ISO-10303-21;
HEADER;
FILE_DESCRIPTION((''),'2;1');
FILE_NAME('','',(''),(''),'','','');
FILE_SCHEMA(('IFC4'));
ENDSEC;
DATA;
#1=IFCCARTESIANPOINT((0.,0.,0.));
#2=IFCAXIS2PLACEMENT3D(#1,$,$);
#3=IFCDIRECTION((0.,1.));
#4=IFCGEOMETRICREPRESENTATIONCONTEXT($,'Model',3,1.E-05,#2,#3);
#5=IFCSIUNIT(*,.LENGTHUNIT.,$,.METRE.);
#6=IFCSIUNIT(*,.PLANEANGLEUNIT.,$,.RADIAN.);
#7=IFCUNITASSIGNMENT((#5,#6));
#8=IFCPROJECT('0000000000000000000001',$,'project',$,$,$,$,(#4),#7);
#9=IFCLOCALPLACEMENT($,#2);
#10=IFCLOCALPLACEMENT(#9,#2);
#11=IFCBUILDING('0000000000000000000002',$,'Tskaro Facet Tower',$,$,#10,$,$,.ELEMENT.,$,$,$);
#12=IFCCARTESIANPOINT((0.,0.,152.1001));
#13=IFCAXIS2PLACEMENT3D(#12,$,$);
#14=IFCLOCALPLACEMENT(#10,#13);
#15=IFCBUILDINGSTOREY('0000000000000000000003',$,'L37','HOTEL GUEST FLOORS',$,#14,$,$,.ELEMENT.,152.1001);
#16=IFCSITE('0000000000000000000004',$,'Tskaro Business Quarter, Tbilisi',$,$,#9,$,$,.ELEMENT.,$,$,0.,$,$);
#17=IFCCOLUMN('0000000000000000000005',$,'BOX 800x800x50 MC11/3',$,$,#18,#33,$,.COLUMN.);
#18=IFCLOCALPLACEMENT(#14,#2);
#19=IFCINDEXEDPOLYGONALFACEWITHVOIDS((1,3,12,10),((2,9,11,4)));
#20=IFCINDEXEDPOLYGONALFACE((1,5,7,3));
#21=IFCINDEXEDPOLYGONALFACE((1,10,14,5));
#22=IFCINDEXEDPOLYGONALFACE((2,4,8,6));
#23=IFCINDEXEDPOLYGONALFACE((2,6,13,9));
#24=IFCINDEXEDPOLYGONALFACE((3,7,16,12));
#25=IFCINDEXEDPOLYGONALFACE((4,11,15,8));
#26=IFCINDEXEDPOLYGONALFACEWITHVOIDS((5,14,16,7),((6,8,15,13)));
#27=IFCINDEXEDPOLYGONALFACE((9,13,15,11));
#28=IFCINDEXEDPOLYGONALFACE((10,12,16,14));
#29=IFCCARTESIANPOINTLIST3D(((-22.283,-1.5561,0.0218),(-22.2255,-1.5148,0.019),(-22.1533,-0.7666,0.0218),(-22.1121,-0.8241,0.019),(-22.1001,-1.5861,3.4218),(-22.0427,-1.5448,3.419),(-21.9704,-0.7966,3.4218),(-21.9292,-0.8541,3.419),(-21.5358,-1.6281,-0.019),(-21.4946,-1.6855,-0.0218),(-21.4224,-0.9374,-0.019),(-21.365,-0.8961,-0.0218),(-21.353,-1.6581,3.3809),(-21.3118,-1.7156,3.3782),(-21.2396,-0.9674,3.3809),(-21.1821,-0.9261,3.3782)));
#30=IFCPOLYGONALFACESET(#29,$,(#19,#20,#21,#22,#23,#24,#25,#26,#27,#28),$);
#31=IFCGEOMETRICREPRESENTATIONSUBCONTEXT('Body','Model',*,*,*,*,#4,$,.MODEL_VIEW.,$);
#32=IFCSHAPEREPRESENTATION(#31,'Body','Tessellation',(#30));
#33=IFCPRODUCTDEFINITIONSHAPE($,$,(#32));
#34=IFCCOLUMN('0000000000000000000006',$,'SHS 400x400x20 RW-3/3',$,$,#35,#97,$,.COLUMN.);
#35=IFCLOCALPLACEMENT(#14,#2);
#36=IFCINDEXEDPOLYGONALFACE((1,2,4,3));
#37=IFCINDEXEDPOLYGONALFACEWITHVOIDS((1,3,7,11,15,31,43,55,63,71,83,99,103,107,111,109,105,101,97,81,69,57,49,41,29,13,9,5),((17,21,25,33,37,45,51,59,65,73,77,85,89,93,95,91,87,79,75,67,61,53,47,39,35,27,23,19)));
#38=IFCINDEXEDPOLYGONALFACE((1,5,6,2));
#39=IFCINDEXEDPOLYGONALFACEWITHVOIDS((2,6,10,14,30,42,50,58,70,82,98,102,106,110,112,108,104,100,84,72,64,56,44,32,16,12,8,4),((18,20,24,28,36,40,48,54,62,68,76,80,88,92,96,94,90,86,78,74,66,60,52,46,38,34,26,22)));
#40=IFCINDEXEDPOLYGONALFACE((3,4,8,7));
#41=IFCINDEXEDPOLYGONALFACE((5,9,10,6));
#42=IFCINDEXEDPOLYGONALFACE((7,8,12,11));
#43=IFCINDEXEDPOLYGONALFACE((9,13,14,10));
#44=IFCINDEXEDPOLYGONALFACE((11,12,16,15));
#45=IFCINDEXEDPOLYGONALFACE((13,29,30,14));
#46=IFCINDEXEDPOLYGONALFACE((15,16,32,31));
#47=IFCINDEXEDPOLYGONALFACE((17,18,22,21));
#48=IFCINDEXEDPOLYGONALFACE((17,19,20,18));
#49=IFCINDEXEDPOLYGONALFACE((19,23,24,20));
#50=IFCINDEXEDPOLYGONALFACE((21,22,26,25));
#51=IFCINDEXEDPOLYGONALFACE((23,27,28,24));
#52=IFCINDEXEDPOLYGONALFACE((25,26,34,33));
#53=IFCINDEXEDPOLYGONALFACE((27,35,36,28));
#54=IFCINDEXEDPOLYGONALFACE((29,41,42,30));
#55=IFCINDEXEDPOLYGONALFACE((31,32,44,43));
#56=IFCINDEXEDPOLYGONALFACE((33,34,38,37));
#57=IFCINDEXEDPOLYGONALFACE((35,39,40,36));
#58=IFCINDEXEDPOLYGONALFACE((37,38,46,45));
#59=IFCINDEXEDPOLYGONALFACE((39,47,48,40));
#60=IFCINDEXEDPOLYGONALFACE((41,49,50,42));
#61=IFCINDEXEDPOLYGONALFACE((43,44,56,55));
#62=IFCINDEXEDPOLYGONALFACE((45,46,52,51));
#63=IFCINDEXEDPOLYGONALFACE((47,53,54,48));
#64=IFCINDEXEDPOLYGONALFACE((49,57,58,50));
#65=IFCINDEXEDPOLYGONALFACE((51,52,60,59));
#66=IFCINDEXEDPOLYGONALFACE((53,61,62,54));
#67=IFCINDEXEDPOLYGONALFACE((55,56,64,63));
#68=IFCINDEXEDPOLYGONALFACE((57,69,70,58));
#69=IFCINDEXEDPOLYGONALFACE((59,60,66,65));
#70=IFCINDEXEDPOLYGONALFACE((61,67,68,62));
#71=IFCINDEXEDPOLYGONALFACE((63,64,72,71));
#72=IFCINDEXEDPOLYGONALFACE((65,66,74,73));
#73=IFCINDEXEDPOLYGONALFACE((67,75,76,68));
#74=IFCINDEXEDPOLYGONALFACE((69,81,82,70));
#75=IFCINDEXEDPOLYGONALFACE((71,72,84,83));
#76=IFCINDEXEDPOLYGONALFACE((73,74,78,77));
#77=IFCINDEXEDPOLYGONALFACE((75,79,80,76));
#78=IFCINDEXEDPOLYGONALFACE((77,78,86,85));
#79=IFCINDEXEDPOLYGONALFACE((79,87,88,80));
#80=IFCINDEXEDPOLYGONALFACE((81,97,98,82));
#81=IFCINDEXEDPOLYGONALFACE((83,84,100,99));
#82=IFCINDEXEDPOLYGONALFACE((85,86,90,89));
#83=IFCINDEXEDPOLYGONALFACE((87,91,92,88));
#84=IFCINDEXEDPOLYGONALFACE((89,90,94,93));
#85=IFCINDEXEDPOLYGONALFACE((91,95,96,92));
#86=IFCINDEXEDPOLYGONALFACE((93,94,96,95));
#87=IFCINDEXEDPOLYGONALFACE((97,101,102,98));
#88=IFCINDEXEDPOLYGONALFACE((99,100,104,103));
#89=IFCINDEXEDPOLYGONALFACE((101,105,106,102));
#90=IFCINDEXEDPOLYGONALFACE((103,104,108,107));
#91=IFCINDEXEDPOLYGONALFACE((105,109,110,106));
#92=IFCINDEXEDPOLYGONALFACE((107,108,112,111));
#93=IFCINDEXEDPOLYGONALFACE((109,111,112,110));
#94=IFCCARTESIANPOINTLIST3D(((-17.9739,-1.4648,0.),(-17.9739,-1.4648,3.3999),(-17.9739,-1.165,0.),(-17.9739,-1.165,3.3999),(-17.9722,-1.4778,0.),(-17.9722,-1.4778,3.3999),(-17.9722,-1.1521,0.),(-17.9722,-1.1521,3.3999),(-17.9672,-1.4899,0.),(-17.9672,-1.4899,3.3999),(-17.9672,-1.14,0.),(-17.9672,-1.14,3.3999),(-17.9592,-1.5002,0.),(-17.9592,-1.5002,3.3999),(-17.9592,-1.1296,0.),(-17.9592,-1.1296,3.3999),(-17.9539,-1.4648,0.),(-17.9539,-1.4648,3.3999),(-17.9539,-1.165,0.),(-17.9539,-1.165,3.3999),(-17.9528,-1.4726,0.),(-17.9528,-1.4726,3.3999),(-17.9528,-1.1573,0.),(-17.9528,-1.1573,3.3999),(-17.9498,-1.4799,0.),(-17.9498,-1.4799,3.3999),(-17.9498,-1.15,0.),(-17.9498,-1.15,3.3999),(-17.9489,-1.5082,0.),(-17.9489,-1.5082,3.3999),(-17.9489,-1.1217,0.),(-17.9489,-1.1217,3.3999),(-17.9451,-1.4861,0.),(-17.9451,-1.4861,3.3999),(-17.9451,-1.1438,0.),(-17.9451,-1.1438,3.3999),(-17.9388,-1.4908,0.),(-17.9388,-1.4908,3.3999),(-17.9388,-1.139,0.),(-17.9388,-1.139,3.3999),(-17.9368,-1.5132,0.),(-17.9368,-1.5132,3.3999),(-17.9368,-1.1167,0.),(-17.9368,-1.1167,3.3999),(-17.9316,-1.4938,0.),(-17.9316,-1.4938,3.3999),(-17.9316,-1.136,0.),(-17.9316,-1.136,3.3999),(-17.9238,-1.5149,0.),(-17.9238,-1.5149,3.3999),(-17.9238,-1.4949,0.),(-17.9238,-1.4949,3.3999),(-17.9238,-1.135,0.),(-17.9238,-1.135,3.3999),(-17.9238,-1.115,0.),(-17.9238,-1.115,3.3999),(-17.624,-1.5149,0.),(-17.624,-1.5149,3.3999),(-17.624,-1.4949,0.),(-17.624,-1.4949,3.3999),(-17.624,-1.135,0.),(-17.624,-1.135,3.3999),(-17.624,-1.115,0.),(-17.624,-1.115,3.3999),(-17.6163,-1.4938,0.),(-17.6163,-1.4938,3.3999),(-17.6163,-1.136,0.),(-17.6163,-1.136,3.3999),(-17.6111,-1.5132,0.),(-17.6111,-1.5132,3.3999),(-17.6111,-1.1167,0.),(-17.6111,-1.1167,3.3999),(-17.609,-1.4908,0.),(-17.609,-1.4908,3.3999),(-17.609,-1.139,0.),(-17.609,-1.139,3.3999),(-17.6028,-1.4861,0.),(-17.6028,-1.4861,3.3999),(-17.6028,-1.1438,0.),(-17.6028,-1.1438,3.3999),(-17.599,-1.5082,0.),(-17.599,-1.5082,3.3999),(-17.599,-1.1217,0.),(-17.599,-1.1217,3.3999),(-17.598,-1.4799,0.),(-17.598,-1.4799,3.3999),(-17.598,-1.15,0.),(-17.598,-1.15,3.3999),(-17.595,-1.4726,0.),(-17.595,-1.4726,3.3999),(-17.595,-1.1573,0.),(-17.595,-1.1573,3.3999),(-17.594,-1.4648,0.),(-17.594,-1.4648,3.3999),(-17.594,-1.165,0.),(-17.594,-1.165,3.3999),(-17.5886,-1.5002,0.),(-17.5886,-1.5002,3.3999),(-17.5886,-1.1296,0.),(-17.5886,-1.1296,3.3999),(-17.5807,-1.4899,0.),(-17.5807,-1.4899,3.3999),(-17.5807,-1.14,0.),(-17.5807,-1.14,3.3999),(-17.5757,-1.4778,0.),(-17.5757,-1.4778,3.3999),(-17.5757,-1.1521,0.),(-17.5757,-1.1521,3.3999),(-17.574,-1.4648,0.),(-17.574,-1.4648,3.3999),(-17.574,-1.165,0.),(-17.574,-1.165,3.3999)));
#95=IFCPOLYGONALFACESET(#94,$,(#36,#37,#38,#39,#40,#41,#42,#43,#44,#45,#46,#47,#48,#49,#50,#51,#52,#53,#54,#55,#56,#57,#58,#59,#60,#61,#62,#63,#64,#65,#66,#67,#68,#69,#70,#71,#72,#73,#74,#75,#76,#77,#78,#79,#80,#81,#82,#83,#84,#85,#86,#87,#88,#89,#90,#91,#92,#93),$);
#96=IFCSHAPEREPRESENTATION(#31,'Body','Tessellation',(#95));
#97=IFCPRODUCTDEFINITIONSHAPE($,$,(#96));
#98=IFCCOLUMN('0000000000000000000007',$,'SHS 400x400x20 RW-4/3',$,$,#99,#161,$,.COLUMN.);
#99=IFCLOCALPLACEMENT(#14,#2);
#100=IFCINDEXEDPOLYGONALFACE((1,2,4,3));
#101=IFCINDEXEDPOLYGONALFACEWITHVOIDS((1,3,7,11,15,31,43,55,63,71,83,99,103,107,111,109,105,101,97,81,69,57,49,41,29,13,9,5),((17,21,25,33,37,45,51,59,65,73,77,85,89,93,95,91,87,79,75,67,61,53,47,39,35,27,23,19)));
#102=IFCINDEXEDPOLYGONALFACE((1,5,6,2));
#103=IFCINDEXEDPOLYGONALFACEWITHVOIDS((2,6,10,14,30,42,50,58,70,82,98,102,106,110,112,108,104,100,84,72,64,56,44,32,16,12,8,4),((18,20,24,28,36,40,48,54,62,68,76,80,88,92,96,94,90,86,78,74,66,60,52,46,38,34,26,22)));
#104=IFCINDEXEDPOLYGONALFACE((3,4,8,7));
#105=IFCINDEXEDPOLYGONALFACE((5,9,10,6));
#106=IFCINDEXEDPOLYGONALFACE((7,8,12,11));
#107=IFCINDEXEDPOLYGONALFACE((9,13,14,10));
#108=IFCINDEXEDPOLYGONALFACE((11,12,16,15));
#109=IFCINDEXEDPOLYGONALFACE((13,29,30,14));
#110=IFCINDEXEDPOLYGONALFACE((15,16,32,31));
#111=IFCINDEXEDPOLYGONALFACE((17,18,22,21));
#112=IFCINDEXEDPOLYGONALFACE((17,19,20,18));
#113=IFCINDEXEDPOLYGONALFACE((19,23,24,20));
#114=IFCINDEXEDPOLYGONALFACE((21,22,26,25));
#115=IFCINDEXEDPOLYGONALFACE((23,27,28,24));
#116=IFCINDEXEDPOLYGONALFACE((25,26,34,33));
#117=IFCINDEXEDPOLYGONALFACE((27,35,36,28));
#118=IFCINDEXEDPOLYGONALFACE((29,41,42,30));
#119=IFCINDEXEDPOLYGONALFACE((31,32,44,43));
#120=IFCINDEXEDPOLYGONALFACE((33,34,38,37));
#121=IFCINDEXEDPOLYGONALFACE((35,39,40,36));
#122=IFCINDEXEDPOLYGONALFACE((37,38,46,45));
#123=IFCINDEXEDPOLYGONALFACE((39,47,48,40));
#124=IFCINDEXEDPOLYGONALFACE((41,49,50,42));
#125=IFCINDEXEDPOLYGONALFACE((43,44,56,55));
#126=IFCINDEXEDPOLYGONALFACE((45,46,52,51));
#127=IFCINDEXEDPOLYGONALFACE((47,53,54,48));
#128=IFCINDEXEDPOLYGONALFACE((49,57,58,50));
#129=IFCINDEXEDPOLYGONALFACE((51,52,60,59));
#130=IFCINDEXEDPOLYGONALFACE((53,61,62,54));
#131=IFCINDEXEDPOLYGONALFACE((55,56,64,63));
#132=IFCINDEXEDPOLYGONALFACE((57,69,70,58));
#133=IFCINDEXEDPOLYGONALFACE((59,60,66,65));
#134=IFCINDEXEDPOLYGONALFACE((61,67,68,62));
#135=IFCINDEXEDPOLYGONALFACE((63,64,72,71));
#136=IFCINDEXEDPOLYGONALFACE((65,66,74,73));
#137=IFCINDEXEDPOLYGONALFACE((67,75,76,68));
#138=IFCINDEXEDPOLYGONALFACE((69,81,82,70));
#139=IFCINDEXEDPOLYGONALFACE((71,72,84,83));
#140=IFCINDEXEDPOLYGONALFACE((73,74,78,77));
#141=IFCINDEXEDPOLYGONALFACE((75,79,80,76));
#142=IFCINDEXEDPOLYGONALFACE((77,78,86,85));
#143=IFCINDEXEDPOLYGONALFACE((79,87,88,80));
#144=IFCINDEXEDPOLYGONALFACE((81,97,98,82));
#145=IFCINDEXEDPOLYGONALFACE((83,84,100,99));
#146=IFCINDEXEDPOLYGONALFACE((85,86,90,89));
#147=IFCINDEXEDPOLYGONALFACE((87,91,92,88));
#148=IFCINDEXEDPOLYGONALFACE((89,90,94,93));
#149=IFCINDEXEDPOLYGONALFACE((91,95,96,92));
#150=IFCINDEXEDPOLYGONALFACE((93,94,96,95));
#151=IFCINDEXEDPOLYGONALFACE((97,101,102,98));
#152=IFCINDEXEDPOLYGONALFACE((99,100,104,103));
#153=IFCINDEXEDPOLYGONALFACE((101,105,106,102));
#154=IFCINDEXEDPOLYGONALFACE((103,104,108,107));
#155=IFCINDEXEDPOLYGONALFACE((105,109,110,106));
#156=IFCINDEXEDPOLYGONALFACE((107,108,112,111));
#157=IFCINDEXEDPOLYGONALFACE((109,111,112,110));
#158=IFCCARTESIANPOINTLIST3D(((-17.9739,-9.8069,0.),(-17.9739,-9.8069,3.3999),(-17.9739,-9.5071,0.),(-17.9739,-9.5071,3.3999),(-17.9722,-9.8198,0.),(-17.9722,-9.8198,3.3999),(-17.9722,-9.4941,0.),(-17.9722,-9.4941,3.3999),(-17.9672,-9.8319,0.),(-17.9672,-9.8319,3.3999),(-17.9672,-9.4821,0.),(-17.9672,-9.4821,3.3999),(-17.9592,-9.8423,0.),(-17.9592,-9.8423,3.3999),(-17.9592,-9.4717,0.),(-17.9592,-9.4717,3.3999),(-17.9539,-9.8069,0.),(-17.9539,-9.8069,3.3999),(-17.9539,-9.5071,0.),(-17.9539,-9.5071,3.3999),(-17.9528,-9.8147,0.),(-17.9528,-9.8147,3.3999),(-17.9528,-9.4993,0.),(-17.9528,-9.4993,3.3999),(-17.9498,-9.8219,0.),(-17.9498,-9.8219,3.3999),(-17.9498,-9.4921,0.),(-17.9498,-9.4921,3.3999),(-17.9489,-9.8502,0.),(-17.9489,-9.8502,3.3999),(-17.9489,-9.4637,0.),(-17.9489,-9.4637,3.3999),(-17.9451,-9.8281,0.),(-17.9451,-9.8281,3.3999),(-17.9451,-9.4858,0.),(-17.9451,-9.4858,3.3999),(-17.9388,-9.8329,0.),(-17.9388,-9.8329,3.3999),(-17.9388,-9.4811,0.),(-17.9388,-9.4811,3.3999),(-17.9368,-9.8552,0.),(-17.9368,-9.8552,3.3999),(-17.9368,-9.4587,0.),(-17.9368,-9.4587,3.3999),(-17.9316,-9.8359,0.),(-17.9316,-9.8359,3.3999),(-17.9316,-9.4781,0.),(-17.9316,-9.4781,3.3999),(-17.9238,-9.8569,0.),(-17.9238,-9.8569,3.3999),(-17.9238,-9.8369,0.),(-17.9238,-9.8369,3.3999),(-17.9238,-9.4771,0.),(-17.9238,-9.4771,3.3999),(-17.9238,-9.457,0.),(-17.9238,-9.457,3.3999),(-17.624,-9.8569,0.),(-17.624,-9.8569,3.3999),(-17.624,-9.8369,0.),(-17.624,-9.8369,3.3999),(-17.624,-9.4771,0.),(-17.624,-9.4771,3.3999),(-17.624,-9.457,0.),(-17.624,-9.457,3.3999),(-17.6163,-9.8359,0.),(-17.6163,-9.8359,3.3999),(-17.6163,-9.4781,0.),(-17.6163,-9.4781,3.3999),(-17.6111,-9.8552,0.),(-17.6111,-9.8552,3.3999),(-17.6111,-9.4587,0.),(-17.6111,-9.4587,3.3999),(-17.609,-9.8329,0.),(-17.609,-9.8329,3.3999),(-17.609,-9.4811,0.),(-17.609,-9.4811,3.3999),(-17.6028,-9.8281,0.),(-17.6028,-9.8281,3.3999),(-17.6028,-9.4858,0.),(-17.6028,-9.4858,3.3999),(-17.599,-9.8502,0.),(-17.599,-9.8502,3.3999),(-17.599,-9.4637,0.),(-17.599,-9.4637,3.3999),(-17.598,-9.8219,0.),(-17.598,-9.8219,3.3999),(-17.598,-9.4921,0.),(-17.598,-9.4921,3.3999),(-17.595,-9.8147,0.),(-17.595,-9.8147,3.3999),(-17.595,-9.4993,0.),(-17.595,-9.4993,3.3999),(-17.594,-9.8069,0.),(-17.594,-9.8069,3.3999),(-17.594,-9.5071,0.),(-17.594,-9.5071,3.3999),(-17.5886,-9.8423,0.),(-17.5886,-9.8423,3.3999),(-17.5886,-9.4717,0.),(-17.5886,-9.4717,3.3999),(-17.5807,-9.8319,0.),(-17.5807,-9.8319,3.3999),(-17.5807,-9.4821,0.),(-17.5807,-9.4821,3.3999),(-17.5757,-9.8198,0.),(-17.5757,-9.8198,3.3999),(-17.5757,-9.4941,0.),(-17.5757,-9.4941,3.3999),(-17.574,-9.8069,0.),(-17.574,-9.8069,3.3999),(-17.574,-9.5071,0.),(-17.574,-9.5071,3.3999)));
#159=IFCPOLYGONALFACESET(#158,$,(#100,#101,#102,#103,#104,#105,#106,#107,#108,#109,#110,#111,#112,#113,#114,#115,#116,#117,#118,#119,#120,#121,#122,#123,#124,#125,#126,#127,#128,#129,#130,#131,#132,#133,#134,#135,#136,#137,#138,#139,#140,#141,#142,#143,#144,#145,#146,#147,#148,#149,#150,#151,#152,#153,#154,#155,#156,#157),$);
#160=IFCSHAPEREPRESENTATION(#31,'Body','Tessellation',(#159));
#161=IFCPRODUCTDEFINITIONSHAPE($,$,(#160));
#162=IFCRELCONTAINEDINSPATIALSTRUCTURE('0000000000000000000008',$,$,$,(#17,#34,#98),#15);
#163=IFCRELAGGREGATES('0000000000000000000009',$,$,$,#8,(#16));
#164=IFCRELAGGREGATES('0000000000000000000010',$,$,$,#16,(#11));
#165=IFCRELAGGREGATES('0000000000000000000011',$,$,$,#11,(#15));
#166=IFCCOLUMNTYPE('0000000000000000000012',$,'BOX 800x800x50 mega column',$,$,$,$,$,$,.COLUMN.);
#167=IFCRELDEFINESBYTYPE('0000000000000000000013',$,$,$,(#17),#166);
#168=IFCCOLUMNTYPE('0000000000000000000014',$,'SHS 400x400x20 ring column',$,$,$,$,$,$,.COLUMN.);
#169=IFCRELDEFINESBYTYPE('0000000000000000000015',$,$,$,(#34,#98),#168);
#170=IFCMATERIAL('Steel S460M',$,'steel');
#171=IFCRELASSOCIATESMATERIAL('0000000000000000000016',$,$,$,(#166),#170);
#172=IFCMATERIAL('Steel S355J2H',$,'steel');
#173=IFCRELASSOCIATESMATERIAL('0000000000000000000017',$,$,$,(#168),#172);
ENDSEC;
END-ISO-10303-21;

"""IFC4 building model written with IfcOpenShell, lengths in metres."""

from ifc_helpers import new_model, si_unit, direction, frame, origin, origin_2d, place, context, subcontext, project, spatial, hollow_rectangle, extrude, material, material_profile, profile_set, type_object, element, save


model = new_model("IFC4")

# Units and contexts
model_context = context("Model", 3, precision=1e-05, world=origin(), true_north=direction((0.0, 1.0)))
body_context = subcontext(model_context, "Body", "Model", "MODEL_VIEW")
ifc_project = project(units=[si_unit("LENGTHUNIT", "METRE"), si_unit("PLANEANGLEUNIT", "RADIAN")], contexts=[model_context])

# Site, building, storey
site_placement = place(None, origin())
site = spatial("IfcSite", under=ifc_project, at=site_placement, Name="Tskaro Business Quarter, Tbilisi", CompositionType="ELEMENT", RefElevation=0.0)
building_placement = place(site_placement, origin())
building = spatial("IfcBuilding", under=site, at=building_placement, Name="Tskaro Facet Tower", CompositionType="ELEMENT")
storey_placement = place(building_placement, frame((0.0, 0.0, 152.1001)))
storey = spatial("IfcBuildingStorey", under=building, at=storey_placement, Name="L37", Description="HOTEL GUEST FLOORS", CompositionType="ELEMENT", Elevation=152.1001)

# Columns
ifc_material_1 = material(Name="Steel S460M", Category="steel")
ifc_material_profile_1 = material_profile(ifc_material_1, hollow_rectangle(XDim=0.8, YDim=0.8, WallThickness=0.05, at=origin_2d()), Name="BOX 800x800x50")
ifc_profile_set_1 = profile_set([ifc_material_profile_1], Name="Steel S460M")
column_type_1 = type_object("IfcColumnType", Name="BOX 800x800x50 mega column", PredefinedType="COLUMN", material=ifc_profile_set_1)
column_placement = place(storey_placement, frame((-21.824, -1.2261, 0.0), z_axis=(0.053705, -0.008819, 0.998518), x_axis=(0.162048, 0.986783, 0.0)))
element("IfcColumn", 1, at=column_placement, inside=storey, type_object=column_type_1, Name="BOX 800x800x50 MC11/3", PredefinedType="COLUMN", context=body_context, shape_type="SweptSolid", body=[
    extrude(hollow_rectangle(XDim=0.8, YDim=0.8, WallThickness=0.05, at=origin_2d()), origin(), (0.0, 0.0, 1.0), 3.405),
])
ifc_material_2 = material(Name="Steel S355J2H", Category="steel")
ifc_material_profile_2 = material_profile(ifc_material_2, hollow_rectangle(XDim=0.3999, YDim=0.3999, WallThickness=0.02, InnerFilletRadius=0.03, OuterFilletRadius=0.05, at=origin_2d()), Name="SHS 400x400x20")
ifc_profile_set_2 = profile_set([ifc_material_profile_2], Name="Steel S355J2H")
column_type_2 = type_object("IfcColumnType", Name="SHS 400x400x20 ring column", PredefinedType="COLUMN", material=ifc_profile_set_2)
for number, where, z_axis, x_axis, name in (
    (2, (-17.7739, -1.3149, 0.0), (0.0, 0.0, 1.0), (1.0, 0.0, 0.0), "SHS 400x400x20 RW-3/3"),
    (3, (-17.7739, -9.657, 0.0), (0.0, 0.0, 1.0), (1.0, 0.0, 0.0), "SHS 400x400x20 RW-4/3"),
):
    element("IfcColumn", number, at=place(storey_placement, frame(where, z_axis=z_axis, x_axis=x_axis)), inside=storey, type_object=column_type_2, Name=name, PredefinedType="COLUMN", context=body_context, shape_type="SweptSolid", body=[
        extrude(hollow_rectangle(XDim=0.3999, YDim=0.3999, WallThickness=0.02, InnerFilletRadius=0.03, OuterFilletRadius=0.05, at=origin_2d()), origin(), (0.0, 0.0, 1.0), 3.3999),
    ])

save(model, "model.ifc")
